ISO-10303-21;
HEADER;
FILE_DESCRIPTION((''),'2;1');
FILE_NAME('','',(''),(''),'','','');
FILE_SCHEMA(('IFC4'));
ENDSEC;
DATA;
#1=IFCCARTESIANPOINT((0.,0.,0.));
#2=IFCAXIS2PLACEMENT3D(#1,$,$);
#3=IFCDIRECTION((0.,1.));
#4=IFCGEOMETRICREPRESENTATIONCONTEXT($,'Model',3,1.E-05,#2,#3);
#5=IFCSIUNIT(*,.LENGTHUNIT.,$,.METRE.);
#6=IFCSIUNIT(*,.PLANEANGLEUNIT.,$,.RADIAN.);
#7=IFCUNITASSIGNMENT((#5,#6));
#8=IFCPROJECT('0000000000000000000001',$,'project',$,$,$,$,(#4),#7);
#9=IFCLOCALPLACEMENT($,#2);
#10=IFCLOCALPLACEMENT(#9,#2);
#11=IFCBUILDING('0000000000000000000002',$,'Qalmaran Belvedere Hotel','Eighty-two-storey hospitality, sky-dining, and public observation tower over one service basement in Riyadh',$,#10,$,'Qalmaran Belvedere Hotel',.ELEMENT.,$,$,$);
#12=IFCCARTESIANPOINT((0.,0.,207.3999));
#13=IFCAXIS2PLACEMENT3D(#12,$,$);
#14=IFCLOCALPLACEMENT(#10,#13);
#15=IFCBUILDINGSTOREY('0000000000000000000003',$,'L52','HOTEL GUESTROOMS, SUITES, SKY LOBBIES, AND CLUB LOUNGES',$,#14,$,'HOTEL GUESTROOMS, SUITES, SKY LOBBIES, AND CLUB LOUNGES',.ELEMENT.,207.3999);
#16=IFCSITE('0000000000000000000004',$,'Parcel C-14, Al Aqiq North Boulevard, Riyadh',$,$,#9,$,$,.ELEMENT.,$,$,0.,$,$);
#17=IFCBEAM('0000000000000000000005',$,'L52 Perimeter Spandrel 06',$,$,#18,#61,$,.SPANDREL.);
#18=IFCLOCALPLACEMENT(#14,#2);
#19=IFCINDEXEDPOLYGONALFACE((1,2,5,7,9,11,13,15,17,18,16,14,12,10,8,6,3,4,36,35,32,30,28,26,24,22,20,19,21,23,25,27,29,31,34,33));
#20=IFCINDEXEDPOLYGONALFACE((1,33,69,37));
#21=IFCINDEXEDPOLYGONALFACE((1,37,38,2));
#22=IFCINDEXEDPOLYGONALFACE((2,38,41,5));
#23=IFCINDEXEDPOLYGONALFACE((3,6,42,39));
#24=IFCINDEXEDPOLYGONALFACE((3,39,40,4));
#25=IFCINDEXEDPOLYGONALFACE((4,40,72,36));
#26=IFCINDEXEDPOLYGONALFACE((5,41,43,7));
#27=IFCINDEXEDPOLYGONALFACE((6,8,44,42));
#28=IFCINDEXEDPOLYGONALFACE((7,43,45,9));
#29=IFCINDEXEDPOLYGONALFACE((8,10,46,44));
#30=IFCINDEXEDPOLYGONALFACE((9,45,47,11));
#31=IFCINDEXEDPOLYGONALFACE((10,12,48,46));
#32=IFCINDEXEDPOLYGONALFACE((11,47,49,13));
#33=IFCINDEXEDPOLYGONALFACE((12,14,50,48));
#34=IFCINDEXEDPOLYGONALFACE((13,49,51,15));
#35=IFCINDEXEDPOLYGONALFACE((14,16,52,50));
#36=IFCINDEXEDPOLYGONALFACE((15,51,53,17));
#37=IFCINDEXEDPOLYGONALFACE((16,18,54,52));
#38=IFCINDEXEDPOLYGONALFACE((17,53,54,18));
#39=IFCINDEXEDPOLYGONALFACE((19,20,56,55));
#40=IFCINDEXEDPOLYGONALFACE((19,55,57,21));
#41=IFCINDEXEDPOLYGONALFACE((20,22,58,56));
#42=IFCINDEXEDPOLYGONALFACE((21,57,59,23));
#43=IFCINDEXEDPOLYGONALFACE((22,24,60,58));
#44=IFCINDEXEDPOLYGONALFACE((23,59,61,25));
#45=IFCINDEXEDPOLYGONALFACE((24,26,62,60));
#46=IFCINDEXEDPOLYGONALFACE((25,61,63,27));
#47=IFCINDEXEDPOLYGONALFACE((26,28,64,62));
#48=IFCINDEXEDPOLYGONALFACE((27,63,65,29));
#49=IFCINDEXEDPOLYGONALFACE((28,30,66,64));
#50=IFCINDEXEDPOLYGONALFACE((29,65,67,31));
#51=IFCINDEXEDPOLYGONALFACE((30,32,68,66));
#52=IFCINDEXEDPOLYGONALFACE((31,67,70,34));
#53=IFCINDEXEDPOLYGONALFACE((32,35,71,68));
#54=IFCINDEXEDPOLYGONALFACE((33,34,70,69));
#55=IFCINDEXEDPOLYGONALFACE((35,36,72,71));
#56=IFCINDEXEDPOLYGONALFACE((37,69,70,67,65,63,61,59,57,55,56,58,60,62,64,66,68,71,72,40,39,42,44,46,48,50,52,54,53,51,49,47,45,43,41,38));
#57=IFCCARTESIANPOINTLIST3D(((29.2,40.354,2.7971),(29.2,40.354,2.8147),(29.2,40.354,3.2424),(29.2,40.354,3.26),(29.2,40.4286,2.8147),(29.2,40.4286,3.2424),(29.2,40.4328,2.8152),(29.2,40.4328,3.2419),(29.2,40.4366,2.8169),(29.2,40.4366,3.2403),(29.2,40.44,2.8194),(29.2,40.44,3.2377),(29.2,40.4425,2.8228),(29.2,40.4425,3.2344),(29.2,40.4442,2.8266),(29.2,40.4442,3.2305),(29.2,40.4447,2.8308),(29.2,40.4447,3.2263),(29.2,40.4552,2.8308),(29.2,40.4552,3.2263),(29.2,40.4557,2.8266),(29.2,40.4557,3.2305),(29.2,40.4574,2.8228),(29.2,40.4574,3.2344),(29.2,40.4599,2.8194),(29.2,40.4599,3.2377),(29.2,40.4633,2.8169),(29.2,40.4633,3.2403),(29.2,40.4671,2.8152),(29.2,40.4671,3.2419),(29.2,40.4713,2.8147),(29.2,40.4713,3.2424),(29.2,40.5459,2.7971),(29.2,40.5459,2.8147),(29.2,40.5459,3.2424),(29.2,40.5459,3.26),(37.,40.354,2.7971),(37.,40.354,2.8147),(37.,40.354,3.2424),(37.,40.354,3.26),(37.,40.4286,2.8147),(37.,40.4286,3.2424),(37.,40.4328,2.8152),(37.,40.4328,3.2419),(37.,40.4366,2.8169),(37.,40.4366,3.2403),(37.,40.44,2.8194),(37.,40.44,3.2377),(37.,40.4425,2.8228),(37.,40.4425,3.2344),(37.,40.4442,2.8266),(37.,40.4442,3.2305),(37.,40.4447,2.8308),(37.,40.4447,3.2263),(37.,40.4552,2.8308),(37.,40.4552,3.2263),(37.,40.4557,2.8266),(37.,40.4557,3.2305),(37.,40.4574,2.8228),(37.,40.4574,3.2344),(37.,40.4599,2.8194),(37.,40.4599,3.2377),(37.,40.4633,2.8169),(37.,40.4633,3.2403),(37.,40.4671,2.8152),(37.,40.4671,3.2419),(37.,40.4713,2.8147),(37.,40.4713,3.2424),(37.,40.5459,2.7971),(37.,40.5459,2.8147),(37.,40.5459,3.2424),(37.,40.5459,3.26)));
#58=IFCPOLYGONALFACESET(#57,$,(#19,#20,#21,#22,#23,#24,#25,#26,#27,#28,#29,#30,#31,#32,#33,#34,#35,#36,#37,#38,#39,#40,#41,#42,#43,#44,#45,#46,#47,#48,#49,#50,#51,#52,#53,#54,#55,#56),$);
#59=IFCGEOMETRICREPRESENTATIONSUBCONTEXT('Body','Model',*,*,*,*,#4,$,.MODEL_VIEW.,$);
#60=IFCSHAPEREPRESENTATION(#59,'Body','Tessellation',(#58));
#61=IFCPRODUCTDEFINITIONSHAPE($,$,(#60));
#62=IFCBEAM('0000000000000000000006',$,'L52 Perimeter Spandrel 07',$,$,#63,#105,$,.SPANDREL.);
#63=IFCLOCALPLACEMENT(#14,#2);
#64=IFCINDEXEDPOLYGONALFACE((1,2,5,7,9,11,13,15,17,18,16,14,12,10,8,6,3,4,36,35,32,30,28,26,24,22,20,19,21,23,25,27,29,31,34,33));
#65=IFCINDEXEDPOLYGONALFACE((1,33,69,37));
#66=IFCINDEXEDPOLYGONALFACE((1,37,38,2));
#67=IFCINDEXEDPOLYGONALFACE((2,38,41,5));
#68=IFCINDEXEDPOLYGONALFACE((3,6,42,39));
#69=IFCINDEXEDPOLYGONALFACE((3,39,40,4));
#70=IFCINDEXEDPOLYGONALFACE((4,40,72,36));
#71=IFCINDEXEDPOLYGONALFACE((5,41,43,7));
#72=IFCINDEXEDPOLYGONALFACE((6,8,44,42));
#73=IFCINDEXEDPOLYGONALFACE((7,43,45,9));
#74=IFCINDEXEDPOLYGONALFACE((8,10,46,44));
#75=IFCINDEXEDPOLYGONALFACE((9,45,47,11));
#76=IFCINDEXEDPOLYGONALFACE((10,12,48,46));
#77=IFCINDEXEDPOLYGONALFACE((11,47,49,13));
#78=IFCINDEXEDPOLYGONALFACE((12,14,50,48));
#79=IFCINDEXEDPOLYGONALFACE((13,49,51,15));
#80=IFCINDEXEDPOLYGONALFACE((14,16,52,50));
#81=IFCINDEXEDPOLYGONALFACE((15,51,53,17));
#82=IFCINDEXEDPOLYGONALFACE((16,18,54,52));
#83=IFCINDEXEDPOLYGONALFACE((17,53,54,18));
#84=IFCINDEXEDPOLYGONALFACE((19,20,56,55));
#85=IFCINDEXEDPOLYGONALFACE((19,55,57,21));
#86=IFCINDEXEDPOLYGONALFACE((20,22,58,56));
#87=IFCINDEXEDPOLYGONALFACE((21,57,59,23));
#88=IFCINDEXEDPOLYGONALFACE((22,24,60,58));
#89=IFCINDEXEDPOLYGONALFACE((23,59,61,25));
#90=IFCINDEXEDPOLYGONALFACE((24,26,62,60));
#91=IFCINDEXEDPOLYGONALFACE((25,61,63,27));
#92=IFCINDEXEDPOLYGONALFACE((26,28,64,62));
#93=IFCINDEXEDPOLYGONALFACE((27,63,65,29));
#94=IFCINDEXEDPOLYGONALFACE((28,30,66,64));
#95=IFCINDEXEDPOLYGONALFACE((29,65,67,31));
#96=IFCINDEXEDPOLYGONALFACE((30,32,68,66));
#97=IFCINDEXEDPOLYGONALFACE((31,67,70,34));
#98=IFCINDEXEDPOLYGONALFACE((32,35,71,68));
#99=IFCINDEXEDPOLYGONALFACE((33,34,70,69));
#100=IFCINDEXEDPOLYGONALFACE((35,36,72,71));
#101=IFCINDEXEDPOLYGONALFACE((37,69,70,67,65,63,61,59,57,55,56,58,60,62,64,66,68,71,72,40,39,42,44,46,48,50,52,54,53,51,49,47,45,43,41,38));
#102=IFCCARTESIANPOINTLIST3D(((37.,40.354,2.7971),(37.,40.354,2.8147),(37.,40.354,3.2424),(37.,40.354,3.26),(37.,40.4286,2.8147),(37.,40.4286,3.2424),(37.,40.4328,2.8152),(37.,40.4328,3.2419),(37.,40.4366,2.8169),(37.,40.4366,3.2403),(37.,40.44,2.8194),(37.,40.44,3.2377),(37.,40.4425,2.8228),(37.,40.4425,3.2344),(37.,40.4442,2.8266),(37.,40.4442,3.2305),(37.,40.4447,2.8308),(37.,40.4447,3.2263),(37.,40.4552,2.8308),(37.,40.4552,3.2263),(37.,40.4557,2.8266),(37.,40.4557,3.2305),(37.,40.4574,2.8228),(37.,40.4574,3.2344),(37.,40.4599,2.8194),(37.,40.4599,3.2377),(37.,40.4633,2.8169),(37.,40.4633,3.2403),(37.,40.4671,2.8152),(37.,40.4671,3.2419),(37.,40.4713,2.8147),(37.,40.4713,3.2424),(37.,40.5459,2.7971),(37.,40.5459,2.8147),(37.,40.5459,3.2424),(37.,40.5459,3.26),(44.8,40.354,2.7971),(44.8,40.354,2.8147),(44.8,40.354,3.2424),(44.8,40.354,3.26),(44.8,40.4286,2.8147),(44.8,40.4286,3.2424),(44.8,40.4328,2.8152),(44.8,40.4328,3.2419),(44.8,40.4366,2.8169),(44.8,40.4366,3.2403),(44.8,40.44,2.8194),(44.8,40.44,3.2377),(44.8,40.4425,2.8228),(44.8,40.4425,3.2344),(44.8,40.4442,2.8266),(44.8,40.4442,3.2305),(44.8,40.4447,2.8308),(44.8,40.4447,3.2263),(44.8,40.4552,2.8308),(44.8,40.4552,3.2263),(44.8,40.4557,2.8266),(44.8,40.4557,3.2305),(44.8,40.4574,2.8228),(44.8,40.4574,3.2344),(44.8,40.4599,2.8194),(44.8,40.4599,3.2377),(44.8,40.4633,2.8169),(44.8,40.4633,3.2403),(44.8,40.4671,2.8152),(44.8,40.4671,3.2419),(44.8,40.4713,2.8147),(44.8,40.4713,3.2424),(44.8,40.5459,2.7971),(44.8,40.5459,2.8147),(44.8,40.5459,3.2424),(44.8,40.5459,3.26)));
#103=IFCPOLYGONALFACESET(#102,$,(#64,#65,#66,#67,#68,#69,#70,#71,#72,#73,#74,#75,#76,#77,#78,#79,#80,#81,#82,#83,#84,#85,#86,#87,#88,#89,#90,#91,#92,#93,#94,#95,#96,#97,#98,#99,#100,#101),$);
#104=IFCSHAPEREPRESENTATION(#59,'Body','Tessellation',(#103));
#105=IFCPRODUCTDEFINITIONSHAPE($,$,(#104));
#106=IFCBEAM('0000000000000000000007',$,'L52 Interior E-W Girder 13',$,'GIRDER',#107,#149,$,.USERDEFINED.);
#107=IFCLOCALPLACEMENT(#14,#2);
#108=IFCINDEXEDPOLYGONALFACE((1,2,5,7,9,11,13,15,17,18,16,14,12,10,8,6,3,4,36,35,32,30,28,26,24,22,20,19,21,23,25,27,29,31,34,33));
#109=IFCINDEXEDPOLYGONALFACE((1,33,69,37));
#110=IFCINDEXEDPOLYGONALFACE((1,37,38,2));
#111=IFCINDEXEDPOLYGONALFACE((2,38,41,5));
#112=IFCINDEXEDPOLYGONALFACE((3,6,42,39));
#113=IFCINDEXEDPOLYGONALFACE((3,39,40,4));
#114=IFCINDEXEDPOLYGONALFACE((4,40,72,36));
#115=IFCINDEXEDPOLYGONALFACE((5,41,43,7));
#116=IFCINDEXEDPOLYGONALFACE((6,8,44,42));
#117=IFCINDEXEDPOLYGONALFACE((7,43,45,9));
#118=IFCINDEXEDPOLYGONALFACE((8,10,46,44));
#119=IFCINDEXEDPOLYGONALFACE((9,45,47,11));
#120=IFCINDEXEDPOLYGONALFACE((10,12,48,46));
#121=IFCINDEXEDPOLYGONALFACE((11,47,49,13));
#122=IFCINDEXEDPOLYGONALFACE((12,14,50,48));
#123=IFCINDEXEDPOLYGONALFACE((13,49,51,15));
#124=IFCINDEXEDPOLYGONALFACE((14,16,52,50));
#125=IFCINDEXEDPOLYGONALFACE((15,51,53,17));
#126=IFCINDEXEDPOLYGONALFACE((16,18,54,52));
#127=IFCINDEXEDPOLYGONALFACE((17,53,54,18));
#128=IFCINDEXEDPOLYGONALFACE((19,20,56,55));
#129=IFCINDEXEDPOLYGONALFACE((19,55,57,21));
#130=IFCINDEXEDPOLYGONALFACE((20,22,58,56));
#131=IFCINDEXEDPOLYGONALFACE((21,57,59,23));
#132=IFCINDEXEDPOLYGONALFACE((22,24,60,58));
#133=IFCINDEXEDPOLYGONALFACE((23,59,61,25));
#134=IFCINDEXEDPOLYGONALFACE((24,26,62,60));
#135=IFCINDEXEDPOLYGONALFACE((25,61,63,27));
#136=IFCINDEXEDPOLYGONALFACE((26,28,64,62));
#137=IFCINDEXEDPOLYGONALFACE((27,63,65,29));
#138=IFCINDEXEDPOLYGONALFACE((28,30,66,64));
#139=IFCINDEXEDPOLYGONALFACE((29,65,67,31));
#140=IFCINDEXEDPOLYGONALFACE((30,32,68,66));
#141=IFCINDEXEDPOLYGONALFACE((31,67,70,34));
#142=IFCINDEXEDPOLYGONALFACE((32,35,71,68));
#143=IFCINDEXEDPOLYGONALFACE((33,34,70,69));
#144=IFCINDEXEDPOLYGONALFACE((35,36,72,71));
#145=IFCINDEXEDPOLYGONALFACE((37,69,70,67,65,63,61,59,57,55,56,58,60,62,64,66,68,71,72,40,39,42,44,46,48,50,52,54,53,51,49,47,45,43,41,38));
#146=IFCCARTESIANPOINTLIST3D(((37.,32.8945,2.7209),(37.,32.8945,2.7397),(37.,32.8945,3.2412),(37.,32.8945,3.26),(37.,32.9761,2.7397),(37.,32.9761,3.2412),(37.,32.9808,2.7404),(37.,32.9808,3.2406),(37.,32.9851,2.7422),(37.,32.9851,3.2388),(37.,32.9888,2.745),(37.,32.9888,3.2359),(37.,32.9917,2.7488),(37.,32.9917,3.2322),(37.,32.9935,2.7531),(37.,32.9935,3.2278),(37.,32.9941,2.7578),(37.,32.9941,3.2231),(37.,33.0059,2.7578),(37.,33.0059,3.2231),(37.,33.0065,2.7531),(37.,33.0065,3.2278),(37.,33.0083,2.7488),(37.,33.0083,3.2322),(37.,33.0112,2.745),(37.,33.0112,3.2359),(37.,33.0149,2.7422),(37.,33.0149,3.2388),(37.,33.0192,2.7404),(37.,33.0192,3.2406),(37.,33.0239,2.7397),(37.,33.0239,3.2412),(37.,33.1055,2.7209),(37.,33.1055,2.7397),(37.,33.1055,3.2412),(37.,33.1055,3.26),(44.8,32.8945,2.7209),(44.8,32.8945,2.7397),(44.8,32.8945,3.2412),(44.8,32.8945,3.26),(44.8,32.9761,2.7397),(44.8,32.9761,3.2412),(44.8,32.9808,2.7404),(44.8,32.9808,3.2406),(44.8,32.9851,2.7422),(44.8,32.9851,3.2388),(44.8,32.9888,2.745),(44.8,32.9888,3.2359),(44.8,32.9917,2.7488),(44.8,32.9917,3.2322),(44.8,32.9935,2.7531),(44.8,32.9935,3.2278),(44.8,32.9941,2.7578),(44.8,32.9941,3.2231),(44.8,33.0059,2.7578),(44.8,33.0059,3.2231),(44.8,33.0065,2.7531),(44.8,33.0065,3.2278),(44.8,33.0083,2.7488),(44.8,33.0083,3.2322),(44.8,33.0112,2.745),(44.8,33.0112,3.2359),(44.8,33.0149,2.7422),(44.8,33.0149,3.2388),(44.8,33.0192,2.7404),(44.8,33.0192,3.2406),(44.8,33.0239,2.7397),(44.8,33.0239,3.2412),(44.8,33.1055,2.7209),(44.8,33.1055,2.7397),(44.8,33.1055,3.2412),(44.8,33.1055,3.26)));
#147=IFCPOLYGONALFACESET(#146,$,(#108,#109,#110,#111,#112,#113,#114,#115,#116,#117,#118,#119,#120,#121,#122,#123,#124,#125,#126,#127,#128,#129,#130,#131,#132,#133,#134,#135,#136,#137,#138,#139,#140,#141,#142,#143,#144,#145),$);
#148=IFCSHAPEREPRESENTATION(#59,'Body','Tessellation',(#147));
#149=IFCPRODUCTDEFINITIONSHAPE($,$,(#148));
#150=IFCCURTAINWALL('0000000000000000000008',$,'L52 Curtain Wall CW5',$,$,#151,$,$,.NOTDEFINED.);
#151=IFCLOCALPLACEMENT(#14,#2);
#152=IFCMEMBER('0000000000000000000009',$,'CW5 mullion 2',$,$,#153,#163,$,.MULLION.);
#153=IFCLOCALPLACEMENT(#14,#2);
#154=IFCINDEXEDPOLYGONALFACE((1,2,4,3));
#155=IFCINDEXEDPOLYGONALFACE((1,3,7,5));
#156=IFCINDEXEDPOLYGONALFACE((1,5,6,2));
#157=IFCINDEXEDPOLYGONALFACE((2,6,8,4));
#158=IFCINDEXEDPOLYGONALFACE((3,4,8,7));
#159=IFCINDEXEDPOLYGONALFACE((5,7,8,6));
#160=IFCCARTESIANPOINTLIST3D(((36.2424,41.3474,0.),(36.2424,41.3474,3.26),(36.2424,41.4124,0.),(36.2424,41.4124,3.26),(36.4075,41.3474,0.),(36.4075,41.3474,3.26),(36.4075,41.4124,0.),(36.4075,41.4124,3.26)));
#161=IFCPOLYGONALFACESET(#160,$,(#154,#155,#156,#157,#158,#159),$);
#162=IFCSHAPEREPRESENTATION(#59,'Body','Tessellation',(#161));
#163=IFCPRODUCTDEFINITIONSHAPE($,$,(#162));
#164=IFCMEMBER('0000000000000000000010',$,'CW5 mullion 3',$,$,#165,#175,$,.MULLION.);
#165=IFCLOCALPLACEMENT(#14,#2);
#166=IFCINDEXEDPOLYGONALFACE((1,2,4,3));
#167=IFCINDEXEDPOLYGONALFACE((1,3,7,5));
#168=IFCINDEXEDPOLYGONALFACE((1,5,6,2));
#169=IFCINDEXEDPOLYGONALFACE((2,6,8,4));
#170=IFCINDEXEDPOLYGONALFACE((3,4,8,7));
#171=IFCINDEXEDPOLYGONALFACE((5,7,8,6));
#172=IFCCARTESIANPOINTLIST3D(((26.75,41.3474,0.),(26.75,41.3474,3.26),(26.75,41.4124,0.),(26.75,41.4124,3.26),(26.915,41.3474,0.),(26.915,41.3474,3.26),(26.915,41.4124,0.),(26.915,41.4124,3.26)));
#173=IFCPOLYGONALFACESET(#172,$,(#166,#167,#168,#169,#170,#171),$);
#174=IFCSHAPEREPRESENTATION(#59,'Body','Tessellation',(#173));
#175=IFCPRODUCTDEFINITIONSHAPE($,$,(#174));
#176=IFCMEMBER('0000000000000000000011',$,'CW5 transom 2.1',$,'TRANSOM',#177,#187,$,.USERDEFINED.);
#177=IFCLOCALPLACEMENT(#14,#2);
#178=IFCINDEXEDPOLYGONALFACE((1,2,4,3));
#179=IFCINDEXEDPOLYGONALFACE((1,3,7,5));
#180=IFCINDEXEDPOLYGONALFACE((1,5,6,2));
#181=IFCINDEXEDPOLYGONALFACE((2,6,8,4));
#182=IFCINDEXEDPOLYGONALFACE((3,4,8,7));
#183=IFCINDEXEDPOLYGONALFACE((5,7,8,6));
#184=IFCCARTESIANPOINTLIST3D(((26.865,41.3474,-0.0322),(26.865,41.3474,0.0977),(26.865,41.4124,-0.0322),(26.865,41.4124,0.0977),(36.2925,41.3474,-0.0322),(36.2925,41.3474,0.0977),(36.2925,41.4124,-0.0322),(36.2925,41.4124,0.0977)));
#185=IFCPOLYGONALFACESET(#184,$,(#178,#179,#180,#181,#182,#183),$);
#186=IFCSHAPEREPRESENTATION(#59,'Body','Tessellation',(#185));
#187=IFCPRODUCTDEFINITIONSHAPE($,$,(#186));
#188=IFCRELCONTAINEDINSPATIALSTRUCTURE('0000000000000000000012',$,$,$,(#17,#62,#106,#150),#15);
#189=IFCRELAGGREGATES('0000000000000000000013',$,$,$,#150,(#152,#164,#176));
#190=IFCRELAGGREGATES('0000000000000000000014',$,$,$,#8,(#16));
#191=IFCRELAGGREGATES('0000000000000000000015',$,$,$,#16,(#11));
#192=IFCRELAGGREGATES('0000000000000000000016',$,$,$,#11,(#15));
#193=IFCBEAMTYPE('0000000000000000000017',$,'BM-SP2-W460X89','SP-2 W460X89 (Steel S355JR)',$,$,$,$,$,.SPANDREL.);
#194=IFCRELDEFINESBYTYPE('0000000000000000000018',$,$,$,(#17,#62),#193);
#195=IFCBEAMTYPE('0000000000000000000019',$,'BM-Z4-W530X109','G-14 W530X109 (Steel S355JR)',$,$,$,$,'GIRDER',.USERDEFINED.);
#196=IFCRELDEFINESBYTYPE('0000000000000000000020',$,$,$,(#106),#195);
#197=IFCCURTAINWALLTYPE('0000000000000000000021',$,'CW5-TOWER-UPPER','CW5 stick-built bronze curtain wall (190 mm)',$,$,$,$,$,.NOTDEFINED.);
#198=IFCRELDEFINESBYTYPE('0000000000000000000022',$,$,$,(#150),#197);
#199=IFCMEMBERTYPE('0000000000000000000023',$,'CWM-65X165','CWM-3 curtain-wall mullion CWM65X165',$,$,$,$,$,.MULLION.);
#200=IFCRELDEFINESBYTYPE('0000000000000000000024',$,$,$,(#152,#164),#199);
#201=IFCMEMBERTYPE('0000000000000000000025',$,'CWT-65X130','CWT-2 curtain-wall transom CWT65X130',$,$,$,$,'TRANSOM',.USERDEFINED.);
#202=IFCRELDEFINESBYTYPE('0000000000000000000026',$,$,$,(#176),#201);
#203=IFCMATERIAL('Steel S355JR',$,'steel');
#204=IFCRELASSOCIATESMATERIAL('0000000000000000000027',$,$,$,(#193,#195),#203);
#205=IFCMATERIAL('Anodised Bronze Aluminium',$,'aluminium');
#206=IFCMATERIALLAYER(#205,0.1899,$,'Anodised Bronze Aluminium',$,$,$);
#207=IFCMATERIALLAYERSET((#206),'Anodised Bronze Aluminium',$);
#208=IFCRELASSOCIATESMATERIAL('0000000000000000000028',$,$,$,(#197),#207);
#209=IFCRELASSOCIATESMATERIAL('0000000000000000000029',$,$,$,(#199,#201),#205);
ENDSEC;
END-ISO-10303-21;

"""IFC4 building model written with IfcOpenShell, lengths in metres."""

from ifc_helpers import new_model, si_unit, direction, frame, origin, origin_2d, place, context, subcontext, project, spatial, rectangle, i_section, extrude, material, layer, layer_set, material_profile, profile_set, type_object, element, aggregate, save


model = new_model("IFC4")

# Units and contexts
model_context = context("Model", 3, precision=1e-05, world=origin(), true_north=direction((0.0, 1.0)))
body_context = subcontext(model_context, "Body", "Model", "MODEL_VIEW")
ifc_project = project(units=[si_unit("LENGTHUNIT", "METRE"), si_unit("PLANEANGLEUNIT", "RADIAN")], contexts=[model_context])

# Site, building, storey
site_placement = place(None, origin())
site = spatial("IfcSite", under=ifc_project, at=site_placement, Name="Parcel C-14, Al Aqiq North Boulevard, Riyadh", CompositionType="ELEMENT", RefElevation=0.0)
building_placement = place(site_placement, origin())
building = spatial("IfcBuilding", under=site, at=building_placement, Name="Qalmaran Belvedere Hotel", Description="Eighty-two-storey hospitality, sky-dining, and public observation tower over one service basement in Riyadh", LongName="Qalmaran Belvedere Hotel", CompositionType="ELEMENT")
storey_placement = place(building_placement, frame((0.0, 0.0, 207.3999)))
storey = spatial("IfcBuildingStorey", under=building, at=storey_placement, Name="L52", Description="HOTEL GUESTROOMS, SUITES, SKY LOBBIES, AND CLUB LOUNGES", LongName="HOTEL GUESTROOMS, SUITES, SKY LOBBIES, AND CLUB LOUNGES", CompositionType="ELEMENT", Elevation=207.3999)

# Beams
ifc_material_1 = material(Name="Steel S355JR", Category="steel")
ifc_material_profile_1 = material_profile(ifc_material_1, i_section(OverallWidth=0.1919, OverallDepth=0.4629, WebThickness=0.0105, FlangeThickness=0.0176, FilletRadius=0.0161, at=origin_2d()), Name="W460X89")
ifc_profile_set_1 = profile_set([ifc_material_profile_1], Name="Steel S355JR")
beam_type_1 = type_object("IfcBeamType", Name="BM-SP2-W460X89", Description="SP-2 W460X89 (Steel S355JR)", PredefinedType="SPANDREL", material=ifc_profile_set_1)
for number, where, z_axis, x_axis, name in (
    (1, (29.2, 40.45, 3.0286), (1.0, 0.0, 0.0), (0.0, 1.0, 0.0), "L52 Perimeter Spandrel 06"),
    (2, (37.0, 40.45, 3.0286), (1.0, 0.0, 0.0), (0.0, 1.0, 0.0), "L52 Perimeter Spandrel 07"),
):
    element("IfcBeam", number, at=place(storey_placement, frame(where, z_axis=z_axis, x_axis=x_axis)), inside=storey, type_object=beam_type_1, Name=name, PredefinedType="SPANDREL", context=body_context, shape_type="SweptSolid", body=[
        extrude(i_section(OverallWidth=0.1919, OverallDepth=0.4629, WebThickness=0.0105, FlangeThickness=0.0176, FilletRadius=0.0161, at=origin_2d()), origin(), (0.0, 0.0, 1.0), 7.8),
    ])
ifc_material_profile_2 = material_profile(ifc_material_1, i_section(OverallWidth=0.2109, OverallDepth=0.5391, WebThickness=0.0117, FlangeThickness=0.0188, FilletRadius=0.0181, at=origin_2d()), Name="W530X109")
ifc_profile_set_2 = profile_set([ifc_material_profile_2], Name="Steel S355JR")
beam_type_2 = type_object("IfcBeamType", Name="BM-Z4-W530X109", Description="G-14 W530X109 (Steel S355JR)", ElementType="GIRDER", PredefinedType="USERDEFINED", material=ifc_profile_set_2)
beam_1_placement = place(storey_placement, frame((37.0, 33.0, 2.9905), z_axis=(1.0, 0.0, 0.0), x_axis=(0.0, 1.0, 0.0)))
element("IfcBeam", 3, at=beam_1_placement, inside=storey, type_object=beam_type_2, Name="L52 Interior E-W Girder 13", ObjectType="GIRDER", PredefinedType="USERDEFINED", context=body_context, shape_type="SweptSolid", body=[
    extrude(i_section(OverallWidth=0.2109, OverallDepth=0.5391, WebThickness=0.0117, FlangeThickness=0.0188, FilletRadius=0.0181, at=origin_2d()), origin(), (0.0, 0.0, 1.0), 7.8),
])

# Curtain wall, members
ifc_material_2 = material(Name="Anodised Bronze Aluminium", Category="aluminium")
ifc_layer_1 = layer(ifc_material_2, 0.1899, Name="Anodised Bronze Aluminium")
ifc_layer_set_1 = layer_set([ifc_layer_1], Name="Anodised Bronze Aluminium")
curtain_wall_type = type_object("IfcCurtainWallType", Name="CW5-TOWER-UPPER", Description="CW5 stick-built bronze curtain wall (190 mm)", PredefinedType="NOTDEFINED", material=ifc_layer_set_1)
curtain_wall_placement = place(storey_placement, origin())
curtain_wall = element("IfcCurtainWall", 4, at=curtain_wall_placement, inside=storey, type_object=curtain_wall_type, Name="L52 Curtain Wall CW5", PredefinedType="NOTDEFINED")
ifc_material_profile_3 = material_profile(ifc_material_2, rectangle(XDim=0.0649, YDim=0.165, at=origin_2d()), Name="CWM65X165")
ifc_profile_set_3 = profile_set([ifc_material_profile_3], Name="Anodised Bronze Aluminium")
member_type_1 = type_object("IfcMemberType", Name="CWM-65X165", Description="CWM-3 curtain-wall mullion CWM65X165", PredefinedType="MULLION", material=ifc_profile_set_3)
member_1_placement = place(storey_placement, frame((36.325, 41.3799, 0.0), z_axis=(0.0, 0.0, 1.0), x_axis=(0.0, -1.0, 0.0)))
member_1 = element("IfcMember", 5, at=member_1_placement, type_object=member_type_1, Name="CW5 mullion 2", PredefinedType="MULLION", context=body_context, shape_type="SweptSolid", body=[
    extrude(rectangle(XDim=0.0649, YDim=0.165, at=origin_2d()), origin(), (0.0, 0.0, 1.0), 3.26),
])
member_2_placement = place(storey_placement, frame((26.8325, 41.3799, 0.0), z_axis=(0.0, 0.0, 1.0), x_axis=(0.0, -1.0, 0.0)))
member_2 = element("IfcMember", 6, at=member_2_placement, type_object=member_type_1, Name="CW5 mullion 3", PredefinedType="MULLION", context=body_context, shape_type="SweptSolid", body=[
    extrude(rectangle(XDim=0.0649, YDim=0.165, at=origin_2d()), origin(), (0.0, 0.0, 1.0), 3.26),
])
ifc_material_profile_4 = material_profile(ifc_material_2, rectangle(XDim=0.0649, YDim=0.1299, at=origin_2d()), Name="CWT65X130")
ifc_profile_set_4 = profile_set([ifc_material_profile_4], Name="Anodised Bronze Aluminium")
member_type_2 = type_object("IfcMemberType", Name="CWT-65X130", Description="CWT-2 curtain-wall transom CWT65X130", ElementType="TRANSOM", PredefinedType="USERDEFINED", material=ifc_profile_set_4)
member_3_placement = place(storey_placement, frame((36.2925, 41.3799, 0.0327), z_axis=(-1.0, 0.0, 0.0), x_axis=(0.0, -1.0, 0.0)))
member_3 = element("IfcMember", 7, at=member_3_placement, type_object=member_type_2, Name="CW5 transom 2.1", ObjectType="TRANSOM", PredefinedType="USERDEFINED", context=body_context, shape_type="SweptSolid", body=[
    extrude(rectangle(XDim=0.0649, YDim=0.1299, at=origin_2d()), origin(), (0.0, 0.0, 1.0), 9.4275),
])
aggregate(curtain_wall, [member_1, member_2, member_3])

save(model, "model.ifc")
